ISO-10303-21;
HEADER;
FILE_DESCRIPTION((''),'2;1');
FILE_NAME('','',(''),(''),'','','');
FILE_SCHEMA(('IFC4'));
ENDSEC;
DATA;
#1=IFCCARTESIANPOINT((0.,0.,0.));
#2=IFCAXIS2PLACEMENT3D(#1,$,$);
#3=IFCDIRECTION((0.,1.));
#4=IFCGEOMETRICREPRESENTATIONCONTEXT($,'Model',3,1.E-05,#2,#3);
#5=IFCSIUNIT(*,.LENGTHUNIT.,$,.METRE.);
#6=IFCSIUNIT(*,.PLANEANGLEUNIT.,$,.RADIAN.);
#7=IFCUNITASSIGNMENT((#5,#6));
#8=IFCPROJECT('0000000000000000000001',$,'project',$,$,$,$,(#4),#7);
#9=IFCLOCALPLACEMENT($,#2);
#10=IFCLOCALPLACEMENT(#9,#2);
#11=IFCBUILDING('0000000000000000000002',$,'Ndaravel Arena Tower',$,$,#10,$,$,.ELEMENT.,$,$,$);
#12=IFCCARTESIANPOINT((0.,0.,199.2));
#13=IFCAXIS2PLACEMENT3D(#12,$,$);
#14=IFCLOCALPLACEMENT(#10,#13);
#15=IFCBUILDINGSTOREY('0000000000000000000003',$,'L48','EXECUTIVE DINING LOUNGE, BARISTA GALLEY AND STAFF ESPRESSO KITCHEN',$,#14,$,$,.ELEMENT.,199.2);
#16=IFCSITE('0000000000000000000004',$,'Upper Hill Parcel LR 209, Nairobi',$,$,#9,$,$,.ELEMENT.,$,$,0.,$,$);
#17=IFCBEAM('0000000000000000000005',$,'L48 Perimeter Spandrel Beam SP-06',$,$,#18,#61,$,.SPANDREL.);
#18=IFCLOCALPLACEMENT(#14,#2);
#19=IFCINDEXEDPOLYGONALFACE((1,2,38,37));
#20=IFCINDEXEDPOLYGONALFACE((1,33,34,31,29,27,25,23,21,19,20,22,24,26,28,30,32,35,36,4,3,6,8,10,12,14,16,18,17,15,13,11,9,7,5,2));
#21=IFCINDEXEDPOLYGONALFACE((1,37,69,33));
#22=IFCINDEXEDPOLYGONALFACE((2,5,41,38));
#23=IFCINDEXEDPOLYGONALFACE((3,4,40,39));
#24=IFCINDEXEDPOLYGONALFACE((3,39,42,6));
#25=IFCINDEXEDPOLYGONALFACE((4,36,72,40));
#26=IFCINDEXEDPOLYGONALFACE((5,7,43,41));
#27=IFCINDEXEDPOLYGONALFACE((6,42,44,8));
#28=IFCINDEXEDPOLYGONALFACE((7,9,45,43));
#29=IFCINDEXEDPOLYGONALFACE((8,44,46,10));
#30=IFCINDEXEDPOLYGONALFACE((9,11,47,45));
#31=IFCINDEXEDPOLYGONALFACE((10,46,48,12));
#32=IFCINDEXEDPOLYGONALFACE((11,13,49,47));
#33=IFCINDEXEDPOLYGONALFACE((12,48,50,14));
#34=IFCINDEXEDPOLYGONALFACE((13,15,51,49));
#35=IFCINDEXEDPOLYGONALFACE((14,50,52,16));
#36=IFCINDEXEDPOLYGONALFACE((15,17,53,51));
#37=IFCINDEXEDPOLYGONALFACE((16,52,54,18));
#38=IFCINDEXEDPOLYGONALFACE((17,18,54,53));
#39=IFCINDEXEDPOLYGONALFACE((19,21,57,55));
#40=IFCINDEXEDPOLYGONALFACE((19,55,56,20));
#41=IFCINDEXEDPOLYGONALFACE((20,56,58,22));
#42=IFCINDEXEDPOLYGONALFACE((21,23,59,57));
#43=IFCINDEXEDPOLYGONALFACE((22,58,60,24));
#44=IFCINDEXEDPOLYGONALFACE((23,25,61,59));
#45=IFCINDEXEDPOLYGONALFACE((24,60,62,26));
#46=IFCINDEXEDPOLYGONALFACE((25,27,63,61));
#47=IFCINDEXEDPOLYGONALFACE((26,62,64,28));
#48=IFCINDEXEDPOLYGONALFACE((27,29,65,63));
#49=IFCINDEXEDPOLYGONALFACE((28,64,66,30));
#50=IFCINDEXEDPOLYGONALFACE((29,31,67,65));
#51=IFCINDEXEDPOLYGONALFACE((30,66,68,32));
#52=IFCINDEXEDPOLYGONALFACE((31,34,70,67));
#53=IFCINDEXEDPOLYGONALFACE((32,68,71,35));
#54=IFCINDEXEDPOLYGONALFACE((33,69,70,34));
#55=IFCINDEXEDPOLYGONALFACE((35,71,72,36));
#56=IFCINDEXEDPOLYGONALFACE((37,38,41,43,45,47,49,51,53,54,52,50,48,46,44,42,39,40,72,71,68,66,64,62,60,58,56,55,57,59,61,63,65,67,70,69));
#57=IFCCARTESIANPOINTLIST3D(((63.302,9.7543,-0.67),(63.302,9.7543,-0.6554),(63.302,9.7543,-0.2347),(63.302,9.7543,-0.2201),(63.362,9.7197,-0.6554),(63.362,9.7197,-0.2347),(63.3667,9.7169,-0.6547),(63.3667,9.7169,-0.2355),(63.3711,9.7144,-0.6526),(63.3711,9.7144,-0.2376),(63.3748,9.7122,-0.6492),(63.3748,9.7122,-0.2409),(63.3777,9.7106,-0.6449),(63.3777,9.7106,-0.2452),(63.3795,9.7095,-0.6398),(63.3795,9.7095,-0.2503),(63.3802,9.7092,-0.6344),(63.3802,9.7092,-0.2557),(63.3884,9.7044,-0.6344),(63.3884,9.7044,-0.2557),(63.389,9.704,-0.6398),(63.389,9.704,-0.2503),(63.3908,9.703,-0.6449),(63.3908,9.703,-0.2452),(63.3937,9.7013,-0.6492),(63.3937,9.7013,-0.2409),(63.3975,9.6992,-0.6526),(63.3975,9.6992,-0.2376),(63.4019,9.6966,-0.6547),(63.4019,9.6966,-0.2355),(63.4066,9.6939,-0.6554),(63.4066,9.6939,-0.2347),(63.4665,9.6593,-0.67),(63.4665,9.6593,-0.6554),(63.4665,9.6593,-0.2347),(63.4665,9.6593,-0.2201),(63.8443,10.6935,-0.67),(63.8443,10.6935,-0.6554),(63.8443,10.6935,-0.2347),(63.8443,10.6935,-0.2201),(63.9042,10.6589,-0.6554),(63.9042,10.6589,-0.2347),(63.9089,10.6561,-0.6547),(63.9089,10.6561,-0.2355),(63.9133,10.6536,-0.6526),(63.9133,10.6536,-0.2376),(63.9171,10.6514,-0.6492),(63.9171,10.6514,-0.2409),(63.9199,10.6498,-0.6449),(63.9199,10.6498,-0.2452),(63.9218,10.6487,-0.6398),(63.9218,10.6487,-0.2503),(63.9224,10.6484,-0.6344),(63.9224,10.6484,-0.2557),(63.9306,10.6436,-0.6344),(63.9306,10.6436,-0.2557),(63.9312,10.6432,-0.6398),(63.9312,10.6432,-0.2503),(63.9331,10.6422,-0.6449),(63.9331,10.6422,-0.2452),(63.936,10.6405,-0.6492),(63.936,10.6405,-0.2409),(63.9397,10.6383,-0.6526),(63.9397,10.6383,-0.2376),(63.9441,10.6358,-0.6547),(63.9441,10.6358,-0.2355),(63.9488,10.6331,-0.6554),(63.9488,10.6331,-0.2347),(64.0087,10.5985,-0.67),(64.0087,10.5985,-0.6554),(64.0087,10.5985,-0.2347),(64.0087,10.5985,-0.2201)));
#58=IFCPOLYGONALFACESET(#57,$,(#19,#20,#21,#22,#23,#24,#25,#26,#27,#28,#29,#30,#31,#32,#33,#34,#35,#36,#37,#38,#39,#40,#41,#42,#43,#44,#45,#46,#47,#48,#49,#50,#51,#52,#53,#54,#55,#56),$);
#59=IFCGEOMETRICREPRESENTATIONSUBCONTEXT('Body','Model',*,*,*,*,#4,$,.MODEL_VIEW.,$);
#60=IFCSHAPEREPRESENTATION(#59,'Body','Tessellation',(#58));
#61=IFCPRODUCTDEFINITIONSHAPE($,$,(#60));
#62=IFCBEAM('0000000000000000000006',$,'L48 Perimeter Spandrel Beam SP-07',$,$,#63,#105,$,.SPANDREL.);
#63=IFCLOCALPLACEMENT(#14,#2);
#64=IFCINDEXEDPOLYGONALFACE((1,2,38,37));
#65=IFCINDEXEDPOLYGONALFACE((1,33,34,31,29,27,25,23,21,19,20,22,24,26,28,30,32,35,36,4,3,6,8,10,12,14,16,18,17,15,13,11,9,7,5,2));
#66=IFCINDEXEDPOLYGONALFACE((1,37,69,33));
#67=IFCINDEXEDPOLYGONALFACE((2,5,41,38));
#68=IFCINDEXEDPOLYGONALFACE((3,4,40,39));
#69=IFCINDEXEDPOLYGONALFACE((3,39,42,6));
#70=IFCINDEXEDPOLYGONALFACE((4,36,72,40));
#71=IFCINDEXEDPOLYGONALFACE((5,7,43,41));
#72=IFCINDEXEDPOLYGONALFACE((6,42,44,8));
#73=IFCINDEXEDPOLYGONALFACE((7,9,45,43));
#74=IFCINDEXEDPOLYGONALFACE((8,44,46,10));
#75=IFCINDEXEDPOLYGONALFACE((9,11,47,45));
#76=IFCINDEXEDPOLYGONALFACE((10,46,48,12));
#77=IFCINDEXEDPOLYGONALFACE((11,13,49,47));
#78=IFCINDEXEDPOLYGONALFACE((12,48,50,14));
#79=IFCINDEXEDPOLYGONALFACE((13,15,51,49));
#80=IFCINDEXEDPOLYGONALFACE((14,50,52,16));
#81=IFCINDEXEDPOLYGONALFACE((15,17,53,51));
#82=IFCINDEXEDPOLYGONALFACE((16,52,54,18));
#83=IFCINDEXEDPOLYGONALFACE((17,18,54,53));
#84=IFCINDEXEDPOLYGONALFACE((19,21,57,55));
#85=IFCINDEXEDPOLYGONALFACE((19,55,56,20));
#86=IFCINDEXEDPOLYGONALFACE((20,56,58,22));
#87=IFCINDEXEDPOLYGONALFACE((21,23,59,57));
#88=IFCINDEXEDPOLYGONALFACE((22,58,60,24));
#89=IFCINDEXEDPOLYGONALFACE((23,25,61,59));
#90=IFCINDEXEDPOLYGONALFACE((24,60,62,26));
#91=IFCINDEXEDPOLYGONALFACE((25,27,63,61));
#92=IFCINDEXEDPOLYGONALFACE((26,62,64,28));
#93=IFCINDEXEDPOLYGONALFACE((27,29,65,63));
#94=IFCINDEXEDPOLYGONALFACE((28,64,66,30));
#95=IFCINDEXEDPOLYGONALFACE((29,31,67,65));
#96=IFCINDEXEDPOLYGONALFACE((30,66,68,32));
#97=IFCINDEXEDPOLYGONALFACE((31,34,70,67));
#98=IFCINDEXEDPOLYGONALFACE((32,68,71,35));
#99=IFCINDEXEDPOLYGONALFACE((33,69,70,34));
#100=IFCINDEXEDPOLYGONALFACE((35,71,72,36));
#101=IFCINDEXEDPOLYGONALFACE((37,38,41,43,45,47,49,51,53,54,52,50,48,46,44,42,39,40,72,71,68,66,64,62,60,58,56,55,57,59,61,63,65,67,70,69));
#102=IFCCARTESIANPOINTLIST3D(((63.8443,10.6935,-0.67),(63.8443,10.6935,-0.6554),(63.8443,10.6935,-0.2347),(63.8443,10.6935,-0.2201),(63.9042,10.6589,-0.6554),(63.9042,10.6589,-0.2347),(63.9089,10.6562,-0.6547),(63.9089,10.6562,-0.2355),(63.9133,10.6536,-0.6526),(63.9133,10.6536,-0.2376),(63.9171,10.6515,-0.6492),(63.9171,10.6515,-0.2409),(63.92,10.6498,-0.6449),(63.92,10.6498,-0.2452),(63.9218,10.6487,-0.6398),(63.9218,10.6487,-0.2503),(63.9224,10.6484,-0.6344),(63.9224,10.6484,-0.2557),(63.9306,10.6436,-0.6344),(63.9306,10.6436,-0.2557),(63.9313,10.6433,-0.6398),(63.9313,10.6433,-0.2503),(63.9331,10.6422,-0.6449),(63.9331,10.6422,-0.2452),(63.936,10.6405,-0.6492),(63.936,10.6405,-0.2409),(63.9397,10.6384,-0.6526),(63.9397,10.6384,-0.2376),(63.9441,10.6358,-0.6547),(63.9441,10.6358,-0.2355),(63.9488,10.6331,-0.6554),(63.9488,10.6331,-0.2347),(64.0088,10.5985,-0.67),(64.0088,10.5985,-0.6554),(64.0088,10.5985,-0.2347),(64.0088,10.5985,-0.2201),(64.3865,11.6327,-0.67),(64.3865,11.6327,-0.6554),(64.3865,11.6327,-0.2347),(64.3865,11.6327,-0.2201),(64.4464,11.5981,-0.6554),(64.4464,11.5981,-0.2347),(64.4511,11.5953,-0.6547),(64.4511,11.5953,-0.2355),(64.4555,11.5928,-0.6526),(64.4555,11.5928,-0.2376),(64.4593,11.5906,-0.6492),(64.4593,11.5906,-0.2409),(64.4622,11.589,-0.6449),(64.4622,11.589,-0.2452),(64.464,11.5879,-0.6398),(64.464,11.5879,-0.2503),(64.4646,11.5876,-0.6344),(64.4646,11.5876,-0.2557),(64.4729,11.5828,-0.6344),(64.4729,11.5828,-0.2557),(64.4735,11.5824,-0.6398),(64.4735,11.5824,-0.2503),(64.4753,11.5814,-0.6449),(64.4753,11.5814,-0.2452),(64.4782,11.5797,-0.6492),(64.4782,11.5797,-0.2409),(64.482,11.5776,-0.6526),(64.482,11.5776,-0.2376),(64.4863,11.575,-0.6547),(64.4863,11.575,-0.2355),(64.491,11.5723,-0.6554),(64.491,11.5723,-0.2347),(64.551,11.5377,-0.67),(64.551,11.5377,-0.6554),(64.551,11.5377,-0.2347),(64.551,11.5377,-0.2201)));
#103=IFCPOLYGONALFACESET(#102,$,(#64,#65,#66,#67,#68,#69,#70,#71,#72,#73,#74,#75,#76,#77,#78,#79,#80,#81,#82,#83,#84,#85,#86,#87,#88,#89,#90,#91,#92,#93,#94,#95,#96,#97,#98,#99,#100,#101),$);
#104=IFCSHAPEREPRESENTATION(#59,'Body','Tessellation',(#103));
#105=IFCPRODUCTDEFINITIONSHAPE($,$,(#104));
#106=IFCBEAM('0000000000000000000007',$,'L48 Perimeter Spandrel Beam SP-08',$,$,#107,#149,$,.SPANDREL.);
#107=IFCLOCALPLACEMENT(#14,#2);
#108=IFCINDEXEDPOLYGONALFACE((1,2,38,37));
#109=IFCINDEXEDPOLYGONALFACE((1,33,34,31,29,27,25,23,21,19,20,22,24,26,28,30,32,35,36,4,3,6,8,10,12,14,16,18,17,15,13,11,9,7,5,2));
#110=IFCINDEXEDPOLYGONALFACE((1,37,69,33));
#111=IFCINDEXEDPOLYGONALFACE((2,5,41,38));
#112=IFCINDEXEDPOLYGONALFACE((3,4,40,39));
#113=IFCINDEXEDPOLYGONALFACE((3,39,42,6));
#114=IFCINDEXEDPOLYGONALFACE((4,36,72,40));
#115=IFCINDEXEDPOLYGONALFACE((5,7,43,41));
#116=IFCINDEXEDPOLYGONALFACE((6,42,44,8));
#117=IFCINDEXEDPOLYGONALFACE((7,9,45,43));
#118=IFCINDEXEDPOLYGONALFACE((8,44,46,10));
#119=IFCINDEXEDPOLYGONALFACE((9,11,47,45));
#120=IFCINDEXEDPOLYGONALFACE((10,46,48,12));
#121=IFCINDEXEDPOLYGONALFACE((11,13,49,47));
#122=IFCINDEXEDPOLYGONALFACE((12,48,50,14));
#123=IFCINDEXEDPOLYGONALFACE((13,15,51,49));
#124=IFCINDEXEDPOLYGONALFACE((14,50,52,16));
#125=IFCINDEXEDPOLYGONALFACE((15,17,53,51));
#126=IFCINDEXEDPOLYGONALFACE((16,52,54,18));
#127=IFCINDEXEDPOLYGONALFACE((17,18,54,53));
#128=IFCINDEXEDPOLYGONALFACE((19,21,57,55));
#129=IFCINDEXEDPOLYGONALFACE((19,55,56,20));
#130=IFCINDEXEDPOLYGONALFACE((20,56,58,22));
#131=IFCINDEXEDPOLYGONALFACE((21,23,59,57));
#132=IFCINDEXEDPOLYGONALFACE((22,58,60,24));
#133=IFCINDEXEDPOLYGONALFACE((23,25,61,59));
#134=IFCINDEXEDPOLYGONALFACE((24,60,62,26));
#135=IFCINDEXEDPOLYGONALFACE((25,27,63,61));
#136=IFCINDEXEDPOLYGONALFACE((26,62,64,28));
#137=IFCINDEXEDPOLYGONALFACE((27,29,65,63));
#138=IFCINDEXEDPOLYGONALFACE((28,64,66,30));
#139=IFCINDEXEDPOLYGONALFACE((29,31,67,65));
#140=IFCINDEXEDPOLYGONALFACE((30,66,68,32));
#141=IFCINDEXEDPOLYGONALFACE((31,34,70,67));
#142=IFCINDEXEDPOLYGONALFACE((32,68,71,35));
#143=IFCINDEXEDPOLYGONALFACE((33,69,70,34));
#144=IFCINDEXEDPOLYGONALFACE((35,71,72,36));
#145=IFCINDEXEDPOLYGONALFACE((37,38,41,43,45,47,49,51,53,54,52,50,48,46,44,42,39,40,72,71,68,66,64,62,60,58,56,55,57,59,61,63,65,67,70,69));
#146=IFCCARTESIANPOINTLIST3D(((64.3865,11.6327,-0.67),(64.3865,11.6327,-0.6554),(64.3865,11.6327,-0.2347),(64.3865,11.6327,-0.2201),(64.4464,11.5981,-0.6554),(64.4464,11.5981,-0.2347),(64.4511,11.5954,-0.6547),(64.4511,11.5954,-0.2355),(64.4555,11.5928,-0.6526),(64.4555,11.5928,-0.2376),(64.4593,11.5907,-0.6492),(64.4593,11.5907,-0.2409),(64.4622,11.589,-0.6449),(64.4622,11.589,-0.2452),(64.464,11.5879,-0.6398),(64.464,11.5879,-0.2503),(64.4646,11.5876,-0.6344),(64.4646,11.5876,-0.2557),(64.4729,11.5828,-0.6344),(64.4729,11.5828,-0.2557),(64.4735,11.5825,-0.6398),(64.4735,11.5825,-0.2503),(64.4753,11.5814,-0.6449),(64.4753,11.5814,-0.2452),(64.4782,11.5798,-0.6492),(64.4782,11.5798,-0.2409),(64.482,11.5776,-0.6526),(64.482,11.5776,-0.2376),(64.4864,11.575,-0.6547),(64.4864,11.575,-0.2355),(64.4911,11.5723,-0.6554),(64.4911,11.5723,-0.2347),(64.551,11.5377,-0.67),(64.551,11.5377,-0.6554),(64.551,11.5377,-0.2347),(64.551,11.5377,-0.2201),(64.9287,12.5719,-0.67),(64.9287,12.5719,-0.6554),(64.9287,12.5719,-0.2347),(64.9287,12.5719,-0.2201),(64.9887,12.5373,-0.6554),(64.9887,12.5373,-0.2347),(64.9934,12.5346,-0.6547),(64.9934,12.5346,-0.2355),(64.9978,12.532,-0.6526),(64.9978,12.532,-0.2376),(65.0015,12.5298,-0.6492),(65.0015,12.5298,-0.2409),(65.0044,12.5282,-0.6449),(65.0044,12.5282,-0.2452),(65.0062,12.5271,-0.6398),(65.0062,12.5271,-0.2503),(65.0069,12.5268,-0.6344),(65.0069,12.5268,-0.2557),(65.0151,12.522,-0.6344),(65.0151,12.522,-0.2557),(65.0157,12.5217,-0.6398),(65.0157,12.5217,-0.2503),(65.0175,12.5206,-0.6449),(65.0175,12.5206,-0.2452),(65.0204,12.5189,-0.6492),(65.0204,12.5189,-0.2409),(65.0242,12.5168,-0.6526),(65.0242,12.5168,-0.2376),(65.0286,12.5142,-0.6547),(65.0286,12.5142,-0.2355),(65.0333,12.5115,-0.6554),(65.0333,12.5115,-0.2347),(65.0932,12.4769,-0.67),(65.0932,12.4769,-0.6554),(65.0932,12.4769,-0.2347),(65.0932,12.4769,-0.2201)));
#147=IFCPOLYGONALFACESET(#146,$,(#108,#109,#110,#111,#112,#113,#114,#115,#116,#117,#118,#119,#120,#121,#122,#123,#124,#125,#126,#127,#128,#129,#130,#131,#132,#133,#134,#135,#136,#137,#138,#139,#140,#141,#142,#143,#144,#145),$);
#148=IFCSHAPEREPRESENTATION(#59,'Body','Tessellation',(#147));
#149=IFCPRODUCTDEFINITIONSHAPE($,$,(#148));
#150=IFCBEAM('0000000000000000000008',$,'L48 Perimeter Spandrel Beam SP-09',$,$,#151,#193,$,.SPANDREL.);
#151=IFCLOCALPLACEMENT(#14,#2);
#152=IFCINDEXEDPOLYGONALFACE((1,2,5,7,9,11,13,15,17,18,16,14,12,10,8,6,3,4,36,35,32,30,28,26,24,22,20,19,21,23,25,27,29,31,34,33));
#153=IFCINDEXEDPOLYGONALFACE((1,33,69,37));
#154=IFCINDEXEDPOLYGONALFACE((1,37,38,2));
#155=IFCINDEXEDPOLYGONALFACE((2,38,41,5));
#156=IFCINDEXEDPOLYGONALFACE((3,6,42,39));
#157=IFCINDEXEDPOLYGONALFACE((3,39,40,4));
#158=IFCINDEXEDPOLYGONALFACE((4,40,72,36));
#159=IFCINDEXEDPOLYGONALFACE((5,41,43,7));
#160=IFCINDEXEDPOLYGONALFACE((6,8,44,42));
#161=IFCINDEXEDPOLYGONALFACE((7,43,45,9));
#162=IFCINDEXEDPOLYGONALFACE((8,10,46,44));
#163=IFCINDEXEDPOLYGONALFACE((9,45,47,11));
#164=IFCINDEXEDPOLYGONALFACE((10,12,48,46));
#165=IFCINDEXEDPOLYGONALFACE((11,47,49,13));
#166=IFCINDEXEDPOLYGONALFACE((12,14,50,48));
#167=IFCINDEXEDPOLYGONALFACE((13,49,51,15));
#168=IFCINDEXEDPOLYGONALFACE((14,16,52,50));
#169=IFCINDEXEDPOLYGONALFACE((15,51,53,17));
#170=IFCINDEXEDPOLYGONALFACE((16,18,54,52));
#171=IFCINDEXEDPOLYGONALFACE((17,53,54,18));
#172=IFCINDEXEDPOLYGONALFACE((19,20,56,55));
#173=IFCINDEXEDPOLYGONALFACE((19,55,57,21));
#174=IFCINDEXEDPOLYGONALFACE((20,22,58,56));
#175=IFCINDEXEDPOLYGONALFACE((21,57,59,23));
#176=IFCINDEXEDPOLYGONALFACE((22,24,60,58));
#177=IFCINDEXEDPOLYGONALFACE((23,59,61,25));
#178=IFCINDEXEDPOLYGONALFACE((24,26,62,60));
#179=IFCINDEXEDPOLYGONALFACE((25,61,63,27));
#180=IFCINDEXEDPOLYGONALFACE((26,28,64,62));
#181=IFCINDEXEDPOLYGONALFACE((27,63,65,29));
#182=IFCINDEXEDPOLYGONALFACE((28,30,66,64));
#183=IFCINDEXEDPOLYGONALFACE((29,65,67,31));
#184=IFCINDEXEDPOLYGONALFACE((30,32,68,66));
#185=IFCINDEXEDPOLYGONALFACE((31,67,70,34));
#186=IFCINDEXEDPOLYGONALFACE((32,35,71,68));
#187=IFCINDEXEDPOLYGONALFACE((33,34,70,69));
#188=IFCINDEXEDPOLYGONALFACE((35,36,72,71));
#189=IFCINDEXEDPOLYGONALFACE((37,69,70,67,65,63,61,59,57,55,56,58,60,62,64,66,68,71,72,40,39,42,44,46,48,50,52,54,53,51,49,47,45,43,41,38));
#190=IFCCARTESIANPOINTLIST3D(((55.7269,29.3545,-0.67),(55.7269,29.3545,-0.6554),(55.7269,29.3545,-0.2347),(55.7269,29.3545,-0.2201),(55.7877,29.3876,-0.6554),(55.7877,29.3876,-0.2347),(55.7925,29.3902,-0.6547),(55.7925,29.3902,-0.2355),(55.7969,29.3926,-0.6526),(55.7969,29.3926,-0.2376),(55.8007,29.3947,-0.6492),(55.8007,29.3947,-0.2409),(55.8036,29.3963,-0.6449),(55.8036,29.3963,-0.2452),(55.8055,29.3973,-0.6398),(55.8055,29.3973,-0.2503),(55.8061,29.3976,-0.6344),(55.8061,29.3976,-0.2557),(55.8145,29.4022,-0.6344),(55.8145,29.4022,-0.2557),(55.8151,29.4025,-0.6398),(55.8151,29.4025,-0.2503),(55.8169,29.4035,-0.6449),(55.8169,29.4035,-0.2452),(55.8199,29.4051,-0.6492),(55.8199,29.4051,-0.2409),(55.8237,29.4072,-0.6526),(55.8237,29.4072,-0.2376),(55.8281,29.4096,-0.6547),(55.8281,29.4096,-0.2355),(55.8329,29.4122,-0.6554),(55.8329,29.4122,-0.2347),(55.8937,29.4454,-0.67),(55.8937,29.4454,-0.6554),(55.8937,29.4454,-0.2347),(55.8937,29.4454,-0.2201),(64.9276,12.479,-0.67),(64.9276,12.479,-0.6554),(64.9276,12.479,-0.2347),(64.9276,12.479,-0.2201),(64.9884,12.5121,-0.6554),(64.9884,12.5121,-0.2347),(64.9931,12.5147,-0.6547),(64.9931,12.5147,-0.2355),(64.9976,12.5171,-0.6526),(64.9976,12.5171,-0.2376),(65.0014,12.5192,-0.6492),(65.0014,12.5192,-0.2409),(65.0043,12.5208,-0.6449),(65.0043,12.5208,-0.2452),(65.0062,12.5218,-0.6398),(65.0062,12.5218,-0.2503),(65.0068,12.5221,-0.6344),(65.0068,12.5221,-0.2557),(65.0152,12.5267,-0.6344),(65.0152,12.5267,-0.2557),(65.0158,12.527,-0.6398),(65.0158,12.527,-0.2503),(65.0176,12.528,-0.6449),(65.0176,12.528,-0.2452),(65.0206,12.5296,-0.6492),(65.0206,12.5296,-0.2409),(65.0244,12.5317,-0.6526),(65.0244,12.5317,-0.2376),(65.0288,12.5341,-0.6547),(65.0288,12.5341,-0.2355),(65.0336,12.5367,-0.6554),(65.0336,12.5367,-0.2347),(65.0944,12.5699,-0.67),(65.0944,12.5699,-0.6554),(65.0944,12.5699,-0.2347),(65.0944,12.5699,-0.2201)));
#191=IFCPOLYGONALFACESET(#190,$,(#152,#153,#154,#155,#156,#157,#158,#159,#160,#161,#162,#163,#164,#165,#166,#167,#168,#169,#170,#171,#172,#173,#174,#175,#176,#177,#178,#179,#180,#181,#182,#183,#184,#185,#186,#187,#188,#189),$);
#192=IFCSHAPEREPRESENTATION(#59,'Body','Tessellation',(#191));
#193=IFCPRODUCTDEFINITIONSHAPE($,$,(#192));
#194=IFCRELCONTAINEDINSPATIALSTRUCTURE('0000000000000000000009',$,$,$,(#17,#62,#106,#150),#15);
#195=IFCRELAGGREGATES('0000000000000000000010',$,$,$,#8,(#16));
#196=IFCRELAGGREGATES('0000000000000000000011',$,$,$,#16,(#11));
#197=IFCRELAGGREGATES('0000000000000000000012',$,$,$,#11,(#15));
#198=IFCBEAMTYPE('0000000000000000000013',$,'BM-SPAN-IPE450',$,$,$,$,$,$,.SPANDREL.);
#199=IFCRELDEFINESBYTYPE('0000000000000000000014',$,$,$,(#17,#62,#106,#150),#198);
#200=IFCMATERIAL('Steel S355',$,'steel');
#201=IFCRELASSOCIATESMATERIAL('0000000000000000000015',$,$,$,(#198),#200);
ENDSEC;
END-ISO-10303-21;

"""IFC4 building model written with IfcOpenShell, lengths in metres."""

from ifc_helpers import new_model, si_unit, direction, frame, origin, origin_2d, place, context, subcontext, project, spatial, i_section, extrude, material, material_profile, profile_set, type_object, element, save


model = new_model("IFC4")

# Units and contexts
model_context = context("Model", 3, precision=1e-05, world=origin(), true_north=direction((0.0, 1.0)))
body_context = subcontext(model_context, "Body", "Model", "MODEL_VIEW")
ifc_project = project(units=[si_unit("LENGTHUNIT", "METRE"), si_unit("PLANEANGLEUNIT", "RADIAN")], contexts=[model_context])

# Site, building, storey
site_placement = place(None, origin())
site = spatial("IfcSite", under=ifc_project, at=site_placement, Name="Upper Hill Parcel LR 209, Nairobi", CompositionType="ELEMENT", RefElevation=0.0)
building_placement = place(site_placement, origin())
building = spatial("IfcBuilding", under=site, at=building_placement, Name="Ndaravel Arena Tower", CompositionType="ELEMENT")
storey_placement = place(building_placement, frame((0.0, 0.0, 199.2)))
storey = spatial("IfcBuildingStorey", under=building, at=storey_placement, Name="L48", Description="EXECUTIVE DINING LOUNGE, BARISTA GALLEY AND STAFF ESPRESSO KITCHEN", CompositionType="ELEMENT", Elevation=199.2)

# Beams
ifc_material_1 = material(Name="Steel S355", Category="steel")
ifc_material_profile_1 = material_profile(ifc_material_1, i_section(OverallWidth=0.1899, OverallDepth=0.45, WebThickness=0.0095, FlangeThickness=0.0146, FilletRadius=0.021, at=origin_2d()), Name="IPE 450")
ifc_profile_set_1 = profile_set([ifc_material_profile_1], Name="Steel S355")
beam_type = type_object("IfcBeamType", Name="BM-SPAN-IPE450", PredefinedType="SPANDREL", material=ifc_profile_set_1)
for number, where, z_axis, x_axis, name in (
    (1, (63.3843, 9.7068, -0.4451), (0.499989, 0.866032, 0.0), (-0.866032, 0.499989, 0.0), "L48 Perimeter Spandrel Beam SP-06"),
    (2, (63.9265, 10.646, -0.4451), (0.499989, 0.866032, 0.0), (-0.866032, 0.499989, 0.0), "L48 Perimeter Spandrel Beam SP-07"),
    (3, (64.4688, 11.5852, -0.4451), (0.499989, 0.866032, 0.0), (-0.866032, 0.499989, 0.0), "L48 Perimeter Spandrel Beam SP-08"),
):
    element("IfcBeam", number, at=place(storey_placement, frame(where, z_axis=z_axis, x_axis=x_axis)), inside=storey, type_object=beam_type, Name=name, PredefinedType="SPANDREL", context=body_context, shape_type="SweptSolid", body=[
        extrude(i_section(OverallWidth=0.1899, OverallDepth=0.45, WebThickness=0.0095, FlangeThickness=0.0146, FilletRadius=0.021, at=origin_2d()), origin(), (0.0, 0.0, 1.0), 1.0845),
    ])
beam_1_placement = place(storey_placement, frame((65.011, 12.5244, -0.4451), z_axis=(-0.478687, 0.877986, 0.0), x_axis=(-0.877986, -0.478687, 0.0)))
element("IfcBeam", 4, at=beam_1_placement, inside=storey, type_object=beam_type, Name="L48 Perimeter Spandrel Beam SP-09", PredefinedType="SPANDREL", context=body_context, shape_type="SweptSolid", body=[
    extrude(i_section(OverallWidth=0.1899, OverallDepth=0.45, WebThickness=0.0095, FlangeThickness=0.0146, FilletRadius=0.021, at=origin_2d()), origin(), (0.0, 0.0, 1.0), 19.2207),
])

save(model, "model.ifc")
